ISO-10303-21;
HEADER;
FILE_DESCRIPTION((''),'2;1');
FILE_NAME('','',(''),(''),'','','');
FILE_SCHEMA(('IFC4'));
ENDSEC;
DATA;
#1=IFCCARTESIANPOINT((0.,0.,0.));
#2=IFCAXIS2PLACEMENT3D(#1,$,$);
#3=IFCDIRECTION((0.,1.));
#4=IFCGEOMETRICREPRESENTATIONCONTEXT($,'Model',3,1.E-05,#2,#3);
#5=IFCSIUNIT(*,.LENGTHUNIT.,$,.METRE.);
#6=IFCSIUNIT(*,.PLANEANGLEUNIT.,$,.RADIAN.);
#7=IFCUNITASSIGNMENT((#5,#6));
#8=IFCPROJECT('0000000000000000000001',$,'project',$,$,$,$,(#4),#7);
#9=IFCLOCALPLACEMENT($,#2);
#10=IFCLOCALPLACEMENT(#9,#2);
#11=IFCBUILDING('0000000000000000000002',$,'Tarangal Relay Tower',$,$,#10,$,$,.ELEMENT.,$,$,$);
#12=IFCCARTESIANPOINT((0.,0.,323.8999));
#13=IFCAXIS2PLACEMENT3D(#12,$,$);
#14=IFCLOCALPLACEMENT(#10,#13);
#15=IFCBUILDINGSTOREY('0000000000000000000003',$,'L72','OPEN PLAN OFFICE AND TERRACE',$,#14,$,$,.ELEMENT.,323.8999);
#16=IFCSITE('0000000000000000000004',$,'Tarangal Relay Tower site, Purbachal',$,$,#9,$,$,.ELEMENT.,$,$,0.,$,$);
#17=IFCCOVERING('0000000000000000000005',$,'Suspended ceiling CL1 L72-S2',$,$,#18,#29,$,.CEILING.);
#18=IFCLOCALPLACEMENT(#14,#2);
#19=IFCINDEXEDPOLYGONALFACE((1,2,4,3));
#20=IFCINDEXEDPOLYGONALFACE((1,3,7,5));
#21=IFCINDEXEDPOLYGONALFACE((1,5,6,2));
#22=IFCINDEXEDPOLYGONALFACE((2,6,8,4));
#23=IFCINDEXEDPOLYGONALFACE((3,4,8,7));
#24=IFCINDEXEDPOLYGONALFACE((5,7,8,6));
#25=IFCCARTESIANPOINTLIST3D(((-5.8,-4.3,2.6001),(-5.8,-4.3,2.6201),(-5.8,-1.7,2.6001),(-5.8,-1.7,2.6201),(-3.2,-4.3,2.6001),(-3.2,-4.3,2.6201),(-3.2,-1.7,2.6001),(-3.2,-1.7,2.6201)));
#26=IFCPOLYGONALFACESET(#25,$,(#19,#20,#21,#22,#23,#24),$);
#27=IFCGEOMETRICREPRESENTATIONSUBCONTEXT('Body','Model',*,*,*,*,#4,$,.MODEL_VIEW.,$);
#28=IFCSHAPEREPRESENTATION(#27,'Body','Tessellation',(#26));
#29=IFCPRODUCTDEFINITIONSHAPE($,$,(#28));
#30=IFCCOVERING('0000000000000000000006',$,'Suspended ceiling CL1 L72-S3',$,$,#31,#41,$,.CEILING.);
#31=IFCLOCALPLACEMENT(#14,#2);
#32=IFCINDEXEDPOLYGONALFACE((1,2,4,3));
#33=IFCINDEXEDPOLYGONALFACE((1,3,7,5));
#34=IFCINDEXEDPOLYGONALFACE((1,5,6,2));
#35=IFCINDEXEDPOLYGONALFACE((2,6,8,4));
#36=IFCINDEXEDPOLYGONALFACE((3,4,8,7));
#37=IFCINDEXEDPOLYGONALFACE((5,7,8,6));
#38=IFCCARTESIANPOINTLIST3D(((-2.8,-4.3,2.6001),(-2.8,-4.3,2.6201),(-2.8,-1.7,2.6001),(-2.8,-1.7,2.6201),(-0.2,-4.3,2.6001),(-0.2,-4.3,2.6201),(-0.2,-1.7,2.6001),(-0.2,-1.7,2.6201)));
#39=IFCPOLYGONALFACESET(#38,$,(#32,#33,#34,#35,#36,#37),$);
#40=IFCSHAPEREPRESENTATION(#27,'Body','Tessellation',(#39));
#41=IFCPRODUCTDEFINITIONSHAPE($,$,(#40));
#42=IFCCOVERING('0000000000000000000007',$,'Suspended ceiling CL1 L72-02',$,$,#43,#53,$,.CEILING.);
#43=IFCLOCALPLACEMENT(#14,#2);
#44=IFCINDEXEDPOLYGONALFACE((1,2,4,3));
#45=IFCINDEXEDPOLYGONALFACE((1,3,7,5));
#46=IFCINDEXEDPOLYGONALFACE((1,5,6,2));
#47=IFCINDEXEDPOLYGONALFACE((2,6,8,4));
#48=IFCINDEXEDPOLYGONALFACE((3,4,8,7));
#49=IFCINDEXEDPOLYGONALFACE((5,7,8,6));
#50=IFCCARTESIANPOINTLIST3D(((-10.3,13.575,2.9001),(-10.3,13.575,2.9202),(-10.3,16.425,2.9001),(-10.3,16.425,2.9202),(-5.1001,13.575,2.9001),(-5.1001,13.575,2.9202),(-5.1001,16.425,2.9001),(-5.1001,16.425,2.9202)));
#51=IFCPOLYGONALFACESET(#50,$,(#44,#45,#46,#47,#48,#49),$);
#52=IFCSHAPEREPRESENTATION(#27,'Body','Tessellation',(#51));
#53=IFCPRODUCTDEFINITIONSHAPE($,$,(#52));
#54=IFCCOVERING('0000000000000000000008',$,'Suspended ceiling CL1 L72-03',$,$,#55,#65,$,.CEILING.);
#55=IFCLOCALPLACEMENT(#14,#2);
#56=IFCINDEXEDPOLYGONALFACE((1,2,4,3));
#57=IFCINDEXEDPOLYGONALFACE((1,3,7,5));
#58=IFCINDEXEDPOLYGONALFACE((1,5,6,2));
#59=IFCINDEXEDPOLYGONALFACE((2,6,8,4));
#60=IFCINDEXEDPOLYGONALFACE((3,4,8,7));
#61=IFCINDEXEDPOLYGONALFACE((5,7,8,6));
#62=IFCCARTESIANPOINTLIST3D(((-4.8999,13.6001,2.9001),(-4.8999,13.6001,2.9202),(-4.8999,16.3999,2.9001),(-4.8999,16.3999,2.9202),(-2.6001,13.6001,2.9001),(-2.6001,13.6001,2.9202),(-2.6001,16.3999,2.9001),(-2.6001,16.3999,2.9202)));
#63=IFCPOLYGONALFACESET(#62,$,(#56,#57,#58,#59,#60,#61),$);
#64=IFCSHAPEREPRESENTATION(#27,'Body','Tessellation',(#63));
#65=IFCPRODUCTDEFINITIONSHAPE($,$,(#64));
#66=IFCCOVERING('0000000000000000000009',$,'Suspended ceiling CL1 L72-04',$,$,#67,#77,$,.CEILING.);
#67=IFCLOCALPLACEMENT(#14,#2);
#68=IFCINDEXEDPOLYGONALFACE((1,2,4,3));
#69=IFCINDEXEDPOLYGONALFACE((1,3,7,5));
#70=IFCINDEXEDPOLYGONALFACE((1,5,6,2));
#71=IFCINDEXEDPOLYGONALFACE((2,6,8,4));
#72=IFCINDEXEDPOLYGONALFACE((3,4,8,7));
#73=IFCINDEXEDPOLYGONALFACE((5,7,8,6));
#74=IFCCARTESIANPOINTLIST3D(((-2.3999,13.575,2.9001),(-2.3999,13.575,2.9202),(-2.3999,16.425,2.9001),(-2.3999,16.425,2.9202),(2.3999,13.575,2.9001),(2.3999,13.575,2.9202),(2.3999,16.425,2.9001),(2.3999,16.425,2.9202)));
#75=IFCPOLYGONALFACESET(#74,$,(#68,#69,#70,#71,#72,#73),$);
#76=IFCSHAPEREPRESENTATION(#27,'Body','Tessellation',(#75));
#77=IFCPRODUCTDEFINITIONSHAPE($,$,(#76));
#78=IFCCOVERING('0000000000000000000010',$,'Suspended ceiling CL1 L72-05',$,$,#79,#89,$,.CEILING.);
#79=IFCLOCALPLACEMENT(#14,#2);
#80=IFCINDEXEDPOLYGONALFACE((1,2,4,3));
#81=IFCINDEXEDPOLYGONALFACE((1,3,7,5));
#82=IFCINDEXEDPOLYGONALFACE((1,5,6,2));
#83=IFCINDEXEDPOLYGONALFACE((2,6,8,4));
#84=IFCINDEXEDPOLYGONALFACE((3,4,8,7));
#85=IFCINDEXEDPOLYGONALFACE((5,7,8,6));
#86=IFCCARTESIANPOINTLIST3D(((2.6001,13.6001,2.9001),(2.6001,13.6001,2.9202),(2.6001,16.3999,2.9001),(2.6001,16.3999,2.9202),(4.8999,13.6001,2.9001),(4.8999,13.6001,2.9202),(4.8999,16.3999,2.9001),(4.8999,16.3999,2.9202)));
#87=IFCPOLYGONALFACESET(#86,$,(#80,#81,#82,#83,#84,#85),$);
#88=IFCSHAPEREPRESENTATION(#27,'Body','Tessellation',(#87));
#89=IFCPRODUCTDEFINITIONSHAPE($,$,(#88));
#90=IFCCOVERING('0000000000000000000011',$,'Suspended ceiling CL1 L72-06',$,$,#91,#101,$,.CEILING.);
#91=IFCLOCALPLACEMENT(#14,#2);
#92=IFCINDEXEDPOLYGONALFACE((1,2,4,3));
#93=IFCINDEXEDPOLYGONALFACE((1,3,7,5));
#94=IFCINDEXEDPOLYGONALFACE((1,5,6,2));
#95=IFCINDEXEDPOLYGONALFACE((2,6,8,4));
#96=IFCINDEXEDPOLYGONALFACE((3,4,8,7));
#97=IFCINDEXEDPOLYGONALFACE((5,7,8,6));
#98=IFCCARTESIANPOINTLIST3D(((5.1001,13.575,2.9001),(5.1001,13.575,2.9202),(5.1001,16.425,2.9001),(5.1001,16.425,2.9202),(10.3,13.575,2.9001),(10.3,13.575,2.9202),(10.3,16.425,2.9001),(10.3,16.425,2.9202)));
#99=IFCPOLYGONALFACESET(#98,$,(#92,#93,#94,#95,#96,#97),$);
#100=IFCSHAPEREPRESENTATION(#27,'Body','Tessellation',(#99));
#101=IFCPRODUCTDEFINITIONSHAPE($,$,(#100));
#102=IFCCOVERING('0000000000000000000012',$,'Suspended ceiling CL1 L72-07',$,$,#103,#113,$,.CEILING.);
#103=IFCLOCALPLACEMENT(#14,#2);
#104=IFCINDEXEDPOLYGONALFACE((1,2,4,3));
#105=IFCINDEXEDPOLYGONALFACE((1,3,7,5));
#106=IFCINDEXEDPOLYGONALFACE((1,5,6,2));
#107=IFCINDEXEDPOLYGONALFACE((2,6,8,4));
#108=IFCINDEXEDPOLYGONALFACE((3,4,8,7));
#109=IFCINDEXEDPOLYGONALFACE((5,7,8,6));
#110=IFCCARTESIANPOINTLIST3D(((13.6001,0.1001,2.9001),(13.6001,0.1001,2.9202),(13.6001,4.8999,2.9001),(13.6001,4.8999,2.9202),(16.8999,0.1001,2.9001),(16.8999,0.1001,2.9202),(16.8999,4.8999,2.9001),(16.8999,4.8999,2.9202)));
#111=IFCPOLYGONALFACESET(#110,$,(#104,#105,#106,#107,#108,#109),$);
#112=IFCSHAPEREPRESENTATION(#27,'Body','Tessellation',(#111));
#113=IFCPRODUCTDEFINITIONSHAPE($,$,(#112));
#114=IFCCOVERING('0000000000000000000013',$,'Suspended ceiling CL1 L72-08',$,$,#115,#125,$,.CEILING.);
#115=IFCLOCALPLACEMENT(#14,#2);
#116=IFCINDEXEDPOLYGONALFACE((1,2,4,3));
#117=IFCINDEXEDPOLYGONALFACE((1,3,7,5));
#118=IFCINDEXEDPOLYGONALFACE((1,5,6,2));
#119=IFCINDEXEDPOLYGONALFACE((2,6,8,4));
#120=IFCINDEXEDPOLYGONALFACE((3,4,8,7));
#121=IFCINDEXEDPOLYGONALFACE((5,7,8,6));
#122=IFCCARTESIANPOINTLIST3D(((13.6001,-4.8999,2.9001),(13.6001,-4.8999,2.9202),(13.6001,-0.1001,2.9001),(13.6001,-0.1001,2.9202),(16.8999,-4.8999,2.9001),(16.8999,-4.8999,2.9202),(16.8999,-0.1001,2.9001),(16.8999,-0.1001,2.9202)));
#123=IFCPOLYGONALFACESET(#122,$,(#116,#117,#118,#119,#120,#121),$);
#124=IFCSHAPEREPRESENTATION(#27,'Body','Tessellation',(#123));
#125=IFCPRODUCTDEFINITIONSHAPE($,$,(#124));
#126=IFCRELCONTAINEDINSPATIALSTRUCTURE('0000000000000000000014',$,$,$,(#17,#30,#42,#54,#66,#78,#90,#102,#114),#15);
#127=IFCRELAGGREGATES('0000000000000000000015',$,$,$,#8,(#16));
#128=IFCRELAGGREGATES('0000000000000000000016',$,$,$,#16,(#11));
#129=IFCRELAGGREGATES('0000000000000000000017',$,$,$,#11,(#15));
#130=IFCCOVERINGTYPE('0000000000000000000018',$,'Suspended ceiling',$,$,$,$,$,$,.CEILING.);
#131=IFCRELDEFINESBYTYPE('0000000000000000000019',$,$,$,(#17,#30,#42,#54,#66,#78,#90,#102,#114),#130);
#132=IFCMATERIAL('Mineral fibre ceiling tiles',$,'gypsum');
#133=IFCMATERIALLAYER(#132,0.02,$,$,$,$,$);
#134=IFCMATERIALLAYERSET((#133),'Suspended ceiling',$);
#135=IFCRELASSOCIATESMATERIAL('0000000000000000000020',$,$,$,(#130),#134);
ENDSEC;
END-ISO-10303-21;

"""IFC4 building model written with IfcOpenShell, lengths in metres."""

from ifc_helpers import new_model, si_unit, direction, frame, origin, place, context, subcontext, project, spatial, polyline, outline, extrude, material, layer, layer_set, type_object, element, save


model = new_model("IFC4")

# Units and contexts
model_context = context("Model", 3, precision=1e-05, world=origin(), true_north=direction((0.0, 1.0)))
body_context = subcontext(model_context, "Body", "Model", "MODEL_VIEW")
ifc_project = project(units=[si_unit("LENGTHUNIT", "METRE"), si_unit("PLANEANGLEUNIT", "RADIAN")], contexts=[model_context])

# Site, building, storey
site_placement = place(None, origin())
site = spatial("IfcSite", under=ifc_project, at=site_placement, Name="Tarangal Relay Tower site, Purbachal", CompositionType="ELEMENT", RefElevation=0.0)
building_placement = place(site_placement, origin())
building = spatial("IfcBuilding", under=site, at=building_placement, Name="Tarangal Relay Tower", CompositionType="ELEMENT")
storey_placement = place(building_placement, frame((0.0, 0.0, 323.8999)))
storey = spatial("IfcBuildingStorey", under=building, at=storey_placement, Name="L72", Description="OPEN PLAN OFFICE AND TERRACE", CompositionType="ELEMENT", Elevation=323.8999)

# Coverings
ifc_material_1 = material(Name="Mineral fibre ceiling tiles", Category="gypsum")
ifc_layer_1 = layer(ifc_material_1, 0.02)
ifc_layer_set_1 = layer_set([ifc_layer_1], Name="Suspended ceiling")
covering_type_1 = type_object("IfcCoveringType", Name="Suspended ceiling", PredefinedType="CEILING", material=ifc_layer_set_1)
covering_1_placement = place(storey_placement, frame((0.0, 0.0, 2.6001)))
element("IfcCovering", 1, at=covering_1_placement, inside=storey, type_object=covering_type_1, Name="Suspended ceiling CL1 L72-S2", PredefinedType="CEILING", context=body_context, shape_type="SweptSolid", body=[
    extrude(outline(polyline([(-5.8, -4.3), (-3.2, -4.3), (-3.2, -1.7), (-5.8, -1.7), (-5.8, -4.3)])), origin(), (0.0, 0.0, 1.0), 0.02),
])
covering_2_placement = place(storey_placement, frame((0.0, 0.0, 2.6001)))
element("IfcCovering", 2, at=covering_2_placement, inside=storey, type_object=covering_type_1, Name="Suspended ceiling CL1 L72-S3", PredefinedType="CEILING", context=body_context, shape_type="SweptSolid", body=[
    extrude(outline(polyline([(-2.8, -4.3), (-0.2, -4.3), (-0.2, -1.7), (-2.8, -1.7), (-2.8, -4.3)])), origin(), (0.0, 0.0, 1.0), 0.02),
])
covering_3_placement = place(storey_placement, frame((0.0, 0.0, 2.9001)))
element("IfcCovering", 3, at=covering_3_placement, inside=storey, type_object=covering_type_1, Name="Suspended ceiling CL1 L72-02", PredefinedType="CEILING", context=body_context, shape_type="SweptSolid", body=[
    extrude(outline(polyline([(-5.1001, 13.575), (-5.1001, 16.425), (-10.3, 16.425), (-10.3, 13.575), (-5.1001, 13.575)])), origin(), (0.0, 0.0, 1.0), 0.02),
])
covering_4_placement = place(storey_placement, frame((0.0, 0.0, 2.9001)))
element("IfcCovering", 4, at=covering_4_placement, inside=storey, type_object=covering_type_1, Name="Suspended ceiling CL1 L72-03", PredefinedType="CEILING", context=body_context, shape_type="SweptSolid", body=[
    extrude(outline(polyline([(-4.8999, 16.3999), (-4.8999, 13.6001), (-2.6001, 13.6001), (-2.6001, 16.3999), (-4.8999, 16.3999)])), origin(), (0.0, 0.0, 1.0), 0.02),
])
covering_5_placement = place(storey_placement, frame((0.0, 0.0, 2.9001)))
element("IfcCovering", 5, at=covering_5_placement, inside=storey, type_object=covering_type_1, Name="Suspended ceiling CL1 L72-04", PredefinedType="CEILING", context=body_context, shape_type="SweptSolid", body=[
    extrude(outline(polyline([(-2.3999, 16.425), (-2.3999, 13.575), (2.3999, 13.575), (2.3999, 16.425), (-2.3999, 16.425)])), origin(), (0.0, 0.0, 1.0), 0.02),
])
covering_6_placement = place(storey_placement, frame((0.0, 0.0, 2.9001)))
element("IfcCovering", 6, at=covering_6_placement, inside=storey, type_object=covering_type_1, Name="Suspended ceiling CL1 L72-05", PredefinedType="CEILING", context=body_context, shape_type="SweptSolid", body=[
    extrude(outline(polyline([(2.6001, 16.3999), (2.6001, 13.6001), (4.8999, 13.6001), (4.8999, 16.3999), (2.6001, 16.3999)])), origin(), (0.0, 0.0, 1.0), 0.02),
])
covering_7_placement = place(storey_placement, frame((0.0, 0.0, 2.9001)))
element("IfcCovering", 7, at=covering_7_placement, inside=storey, type_object=covering_type_1, Name="Suspended ceiling CL1 L72-06", PredefinedType="CEILING", context=body_context, shape_type="SweptSolid", body=[
    extrude(outline(polyline([(10.3, 16.425), (5.1001, 16.425), (5.1001, 13.575), (10.3, 13.575), (10.3, 16.425)])), origin(), (0.0, 0.0, 1.0), 0.02),
])
covering_8_placement = place(storey_placement, frame((0.0, 0.0, 2.9001)))
element("IfcCovering", 8, at=covering_8_placement, inside=storey, type_object=covering_type_1, Name="Suspended ceiling CL1 L72-07", PredefinedType="CEILING", context=body_context, shape_type="SweptSolid", body=[
    extrude(outline(polyline([(16.8999, 0.1001), (16.8999, 4.8999), (13.6001, 4.8999), (13.6001, 0.1001), (16.8999, 0.1001)])), origin(), (0.0, 0.0, 1.0), 0.02),
])
covering_9_placement = place(storey_placement, frame((0.0, 0.0, 2.9001)))
element("IfcCovering", 9, at=covering_9_placement, inside=storey, type_object=covering_type_1, Name="Suspended ceiling CL1 L72-08", PredefinedType="CEILING", context=body_context, shape_type="SweptSolid", body=[
    extrude(outline(polyline([(13.6001, -4.8999), (16.8999, -4.8999), (16.8999, -0.1001), (13.6001, -0.1001), (13.6001, -4.8999)])), origin(), (0.0, 0.0, 1.0), 0.02),
])

save(model, "model.ifc")
